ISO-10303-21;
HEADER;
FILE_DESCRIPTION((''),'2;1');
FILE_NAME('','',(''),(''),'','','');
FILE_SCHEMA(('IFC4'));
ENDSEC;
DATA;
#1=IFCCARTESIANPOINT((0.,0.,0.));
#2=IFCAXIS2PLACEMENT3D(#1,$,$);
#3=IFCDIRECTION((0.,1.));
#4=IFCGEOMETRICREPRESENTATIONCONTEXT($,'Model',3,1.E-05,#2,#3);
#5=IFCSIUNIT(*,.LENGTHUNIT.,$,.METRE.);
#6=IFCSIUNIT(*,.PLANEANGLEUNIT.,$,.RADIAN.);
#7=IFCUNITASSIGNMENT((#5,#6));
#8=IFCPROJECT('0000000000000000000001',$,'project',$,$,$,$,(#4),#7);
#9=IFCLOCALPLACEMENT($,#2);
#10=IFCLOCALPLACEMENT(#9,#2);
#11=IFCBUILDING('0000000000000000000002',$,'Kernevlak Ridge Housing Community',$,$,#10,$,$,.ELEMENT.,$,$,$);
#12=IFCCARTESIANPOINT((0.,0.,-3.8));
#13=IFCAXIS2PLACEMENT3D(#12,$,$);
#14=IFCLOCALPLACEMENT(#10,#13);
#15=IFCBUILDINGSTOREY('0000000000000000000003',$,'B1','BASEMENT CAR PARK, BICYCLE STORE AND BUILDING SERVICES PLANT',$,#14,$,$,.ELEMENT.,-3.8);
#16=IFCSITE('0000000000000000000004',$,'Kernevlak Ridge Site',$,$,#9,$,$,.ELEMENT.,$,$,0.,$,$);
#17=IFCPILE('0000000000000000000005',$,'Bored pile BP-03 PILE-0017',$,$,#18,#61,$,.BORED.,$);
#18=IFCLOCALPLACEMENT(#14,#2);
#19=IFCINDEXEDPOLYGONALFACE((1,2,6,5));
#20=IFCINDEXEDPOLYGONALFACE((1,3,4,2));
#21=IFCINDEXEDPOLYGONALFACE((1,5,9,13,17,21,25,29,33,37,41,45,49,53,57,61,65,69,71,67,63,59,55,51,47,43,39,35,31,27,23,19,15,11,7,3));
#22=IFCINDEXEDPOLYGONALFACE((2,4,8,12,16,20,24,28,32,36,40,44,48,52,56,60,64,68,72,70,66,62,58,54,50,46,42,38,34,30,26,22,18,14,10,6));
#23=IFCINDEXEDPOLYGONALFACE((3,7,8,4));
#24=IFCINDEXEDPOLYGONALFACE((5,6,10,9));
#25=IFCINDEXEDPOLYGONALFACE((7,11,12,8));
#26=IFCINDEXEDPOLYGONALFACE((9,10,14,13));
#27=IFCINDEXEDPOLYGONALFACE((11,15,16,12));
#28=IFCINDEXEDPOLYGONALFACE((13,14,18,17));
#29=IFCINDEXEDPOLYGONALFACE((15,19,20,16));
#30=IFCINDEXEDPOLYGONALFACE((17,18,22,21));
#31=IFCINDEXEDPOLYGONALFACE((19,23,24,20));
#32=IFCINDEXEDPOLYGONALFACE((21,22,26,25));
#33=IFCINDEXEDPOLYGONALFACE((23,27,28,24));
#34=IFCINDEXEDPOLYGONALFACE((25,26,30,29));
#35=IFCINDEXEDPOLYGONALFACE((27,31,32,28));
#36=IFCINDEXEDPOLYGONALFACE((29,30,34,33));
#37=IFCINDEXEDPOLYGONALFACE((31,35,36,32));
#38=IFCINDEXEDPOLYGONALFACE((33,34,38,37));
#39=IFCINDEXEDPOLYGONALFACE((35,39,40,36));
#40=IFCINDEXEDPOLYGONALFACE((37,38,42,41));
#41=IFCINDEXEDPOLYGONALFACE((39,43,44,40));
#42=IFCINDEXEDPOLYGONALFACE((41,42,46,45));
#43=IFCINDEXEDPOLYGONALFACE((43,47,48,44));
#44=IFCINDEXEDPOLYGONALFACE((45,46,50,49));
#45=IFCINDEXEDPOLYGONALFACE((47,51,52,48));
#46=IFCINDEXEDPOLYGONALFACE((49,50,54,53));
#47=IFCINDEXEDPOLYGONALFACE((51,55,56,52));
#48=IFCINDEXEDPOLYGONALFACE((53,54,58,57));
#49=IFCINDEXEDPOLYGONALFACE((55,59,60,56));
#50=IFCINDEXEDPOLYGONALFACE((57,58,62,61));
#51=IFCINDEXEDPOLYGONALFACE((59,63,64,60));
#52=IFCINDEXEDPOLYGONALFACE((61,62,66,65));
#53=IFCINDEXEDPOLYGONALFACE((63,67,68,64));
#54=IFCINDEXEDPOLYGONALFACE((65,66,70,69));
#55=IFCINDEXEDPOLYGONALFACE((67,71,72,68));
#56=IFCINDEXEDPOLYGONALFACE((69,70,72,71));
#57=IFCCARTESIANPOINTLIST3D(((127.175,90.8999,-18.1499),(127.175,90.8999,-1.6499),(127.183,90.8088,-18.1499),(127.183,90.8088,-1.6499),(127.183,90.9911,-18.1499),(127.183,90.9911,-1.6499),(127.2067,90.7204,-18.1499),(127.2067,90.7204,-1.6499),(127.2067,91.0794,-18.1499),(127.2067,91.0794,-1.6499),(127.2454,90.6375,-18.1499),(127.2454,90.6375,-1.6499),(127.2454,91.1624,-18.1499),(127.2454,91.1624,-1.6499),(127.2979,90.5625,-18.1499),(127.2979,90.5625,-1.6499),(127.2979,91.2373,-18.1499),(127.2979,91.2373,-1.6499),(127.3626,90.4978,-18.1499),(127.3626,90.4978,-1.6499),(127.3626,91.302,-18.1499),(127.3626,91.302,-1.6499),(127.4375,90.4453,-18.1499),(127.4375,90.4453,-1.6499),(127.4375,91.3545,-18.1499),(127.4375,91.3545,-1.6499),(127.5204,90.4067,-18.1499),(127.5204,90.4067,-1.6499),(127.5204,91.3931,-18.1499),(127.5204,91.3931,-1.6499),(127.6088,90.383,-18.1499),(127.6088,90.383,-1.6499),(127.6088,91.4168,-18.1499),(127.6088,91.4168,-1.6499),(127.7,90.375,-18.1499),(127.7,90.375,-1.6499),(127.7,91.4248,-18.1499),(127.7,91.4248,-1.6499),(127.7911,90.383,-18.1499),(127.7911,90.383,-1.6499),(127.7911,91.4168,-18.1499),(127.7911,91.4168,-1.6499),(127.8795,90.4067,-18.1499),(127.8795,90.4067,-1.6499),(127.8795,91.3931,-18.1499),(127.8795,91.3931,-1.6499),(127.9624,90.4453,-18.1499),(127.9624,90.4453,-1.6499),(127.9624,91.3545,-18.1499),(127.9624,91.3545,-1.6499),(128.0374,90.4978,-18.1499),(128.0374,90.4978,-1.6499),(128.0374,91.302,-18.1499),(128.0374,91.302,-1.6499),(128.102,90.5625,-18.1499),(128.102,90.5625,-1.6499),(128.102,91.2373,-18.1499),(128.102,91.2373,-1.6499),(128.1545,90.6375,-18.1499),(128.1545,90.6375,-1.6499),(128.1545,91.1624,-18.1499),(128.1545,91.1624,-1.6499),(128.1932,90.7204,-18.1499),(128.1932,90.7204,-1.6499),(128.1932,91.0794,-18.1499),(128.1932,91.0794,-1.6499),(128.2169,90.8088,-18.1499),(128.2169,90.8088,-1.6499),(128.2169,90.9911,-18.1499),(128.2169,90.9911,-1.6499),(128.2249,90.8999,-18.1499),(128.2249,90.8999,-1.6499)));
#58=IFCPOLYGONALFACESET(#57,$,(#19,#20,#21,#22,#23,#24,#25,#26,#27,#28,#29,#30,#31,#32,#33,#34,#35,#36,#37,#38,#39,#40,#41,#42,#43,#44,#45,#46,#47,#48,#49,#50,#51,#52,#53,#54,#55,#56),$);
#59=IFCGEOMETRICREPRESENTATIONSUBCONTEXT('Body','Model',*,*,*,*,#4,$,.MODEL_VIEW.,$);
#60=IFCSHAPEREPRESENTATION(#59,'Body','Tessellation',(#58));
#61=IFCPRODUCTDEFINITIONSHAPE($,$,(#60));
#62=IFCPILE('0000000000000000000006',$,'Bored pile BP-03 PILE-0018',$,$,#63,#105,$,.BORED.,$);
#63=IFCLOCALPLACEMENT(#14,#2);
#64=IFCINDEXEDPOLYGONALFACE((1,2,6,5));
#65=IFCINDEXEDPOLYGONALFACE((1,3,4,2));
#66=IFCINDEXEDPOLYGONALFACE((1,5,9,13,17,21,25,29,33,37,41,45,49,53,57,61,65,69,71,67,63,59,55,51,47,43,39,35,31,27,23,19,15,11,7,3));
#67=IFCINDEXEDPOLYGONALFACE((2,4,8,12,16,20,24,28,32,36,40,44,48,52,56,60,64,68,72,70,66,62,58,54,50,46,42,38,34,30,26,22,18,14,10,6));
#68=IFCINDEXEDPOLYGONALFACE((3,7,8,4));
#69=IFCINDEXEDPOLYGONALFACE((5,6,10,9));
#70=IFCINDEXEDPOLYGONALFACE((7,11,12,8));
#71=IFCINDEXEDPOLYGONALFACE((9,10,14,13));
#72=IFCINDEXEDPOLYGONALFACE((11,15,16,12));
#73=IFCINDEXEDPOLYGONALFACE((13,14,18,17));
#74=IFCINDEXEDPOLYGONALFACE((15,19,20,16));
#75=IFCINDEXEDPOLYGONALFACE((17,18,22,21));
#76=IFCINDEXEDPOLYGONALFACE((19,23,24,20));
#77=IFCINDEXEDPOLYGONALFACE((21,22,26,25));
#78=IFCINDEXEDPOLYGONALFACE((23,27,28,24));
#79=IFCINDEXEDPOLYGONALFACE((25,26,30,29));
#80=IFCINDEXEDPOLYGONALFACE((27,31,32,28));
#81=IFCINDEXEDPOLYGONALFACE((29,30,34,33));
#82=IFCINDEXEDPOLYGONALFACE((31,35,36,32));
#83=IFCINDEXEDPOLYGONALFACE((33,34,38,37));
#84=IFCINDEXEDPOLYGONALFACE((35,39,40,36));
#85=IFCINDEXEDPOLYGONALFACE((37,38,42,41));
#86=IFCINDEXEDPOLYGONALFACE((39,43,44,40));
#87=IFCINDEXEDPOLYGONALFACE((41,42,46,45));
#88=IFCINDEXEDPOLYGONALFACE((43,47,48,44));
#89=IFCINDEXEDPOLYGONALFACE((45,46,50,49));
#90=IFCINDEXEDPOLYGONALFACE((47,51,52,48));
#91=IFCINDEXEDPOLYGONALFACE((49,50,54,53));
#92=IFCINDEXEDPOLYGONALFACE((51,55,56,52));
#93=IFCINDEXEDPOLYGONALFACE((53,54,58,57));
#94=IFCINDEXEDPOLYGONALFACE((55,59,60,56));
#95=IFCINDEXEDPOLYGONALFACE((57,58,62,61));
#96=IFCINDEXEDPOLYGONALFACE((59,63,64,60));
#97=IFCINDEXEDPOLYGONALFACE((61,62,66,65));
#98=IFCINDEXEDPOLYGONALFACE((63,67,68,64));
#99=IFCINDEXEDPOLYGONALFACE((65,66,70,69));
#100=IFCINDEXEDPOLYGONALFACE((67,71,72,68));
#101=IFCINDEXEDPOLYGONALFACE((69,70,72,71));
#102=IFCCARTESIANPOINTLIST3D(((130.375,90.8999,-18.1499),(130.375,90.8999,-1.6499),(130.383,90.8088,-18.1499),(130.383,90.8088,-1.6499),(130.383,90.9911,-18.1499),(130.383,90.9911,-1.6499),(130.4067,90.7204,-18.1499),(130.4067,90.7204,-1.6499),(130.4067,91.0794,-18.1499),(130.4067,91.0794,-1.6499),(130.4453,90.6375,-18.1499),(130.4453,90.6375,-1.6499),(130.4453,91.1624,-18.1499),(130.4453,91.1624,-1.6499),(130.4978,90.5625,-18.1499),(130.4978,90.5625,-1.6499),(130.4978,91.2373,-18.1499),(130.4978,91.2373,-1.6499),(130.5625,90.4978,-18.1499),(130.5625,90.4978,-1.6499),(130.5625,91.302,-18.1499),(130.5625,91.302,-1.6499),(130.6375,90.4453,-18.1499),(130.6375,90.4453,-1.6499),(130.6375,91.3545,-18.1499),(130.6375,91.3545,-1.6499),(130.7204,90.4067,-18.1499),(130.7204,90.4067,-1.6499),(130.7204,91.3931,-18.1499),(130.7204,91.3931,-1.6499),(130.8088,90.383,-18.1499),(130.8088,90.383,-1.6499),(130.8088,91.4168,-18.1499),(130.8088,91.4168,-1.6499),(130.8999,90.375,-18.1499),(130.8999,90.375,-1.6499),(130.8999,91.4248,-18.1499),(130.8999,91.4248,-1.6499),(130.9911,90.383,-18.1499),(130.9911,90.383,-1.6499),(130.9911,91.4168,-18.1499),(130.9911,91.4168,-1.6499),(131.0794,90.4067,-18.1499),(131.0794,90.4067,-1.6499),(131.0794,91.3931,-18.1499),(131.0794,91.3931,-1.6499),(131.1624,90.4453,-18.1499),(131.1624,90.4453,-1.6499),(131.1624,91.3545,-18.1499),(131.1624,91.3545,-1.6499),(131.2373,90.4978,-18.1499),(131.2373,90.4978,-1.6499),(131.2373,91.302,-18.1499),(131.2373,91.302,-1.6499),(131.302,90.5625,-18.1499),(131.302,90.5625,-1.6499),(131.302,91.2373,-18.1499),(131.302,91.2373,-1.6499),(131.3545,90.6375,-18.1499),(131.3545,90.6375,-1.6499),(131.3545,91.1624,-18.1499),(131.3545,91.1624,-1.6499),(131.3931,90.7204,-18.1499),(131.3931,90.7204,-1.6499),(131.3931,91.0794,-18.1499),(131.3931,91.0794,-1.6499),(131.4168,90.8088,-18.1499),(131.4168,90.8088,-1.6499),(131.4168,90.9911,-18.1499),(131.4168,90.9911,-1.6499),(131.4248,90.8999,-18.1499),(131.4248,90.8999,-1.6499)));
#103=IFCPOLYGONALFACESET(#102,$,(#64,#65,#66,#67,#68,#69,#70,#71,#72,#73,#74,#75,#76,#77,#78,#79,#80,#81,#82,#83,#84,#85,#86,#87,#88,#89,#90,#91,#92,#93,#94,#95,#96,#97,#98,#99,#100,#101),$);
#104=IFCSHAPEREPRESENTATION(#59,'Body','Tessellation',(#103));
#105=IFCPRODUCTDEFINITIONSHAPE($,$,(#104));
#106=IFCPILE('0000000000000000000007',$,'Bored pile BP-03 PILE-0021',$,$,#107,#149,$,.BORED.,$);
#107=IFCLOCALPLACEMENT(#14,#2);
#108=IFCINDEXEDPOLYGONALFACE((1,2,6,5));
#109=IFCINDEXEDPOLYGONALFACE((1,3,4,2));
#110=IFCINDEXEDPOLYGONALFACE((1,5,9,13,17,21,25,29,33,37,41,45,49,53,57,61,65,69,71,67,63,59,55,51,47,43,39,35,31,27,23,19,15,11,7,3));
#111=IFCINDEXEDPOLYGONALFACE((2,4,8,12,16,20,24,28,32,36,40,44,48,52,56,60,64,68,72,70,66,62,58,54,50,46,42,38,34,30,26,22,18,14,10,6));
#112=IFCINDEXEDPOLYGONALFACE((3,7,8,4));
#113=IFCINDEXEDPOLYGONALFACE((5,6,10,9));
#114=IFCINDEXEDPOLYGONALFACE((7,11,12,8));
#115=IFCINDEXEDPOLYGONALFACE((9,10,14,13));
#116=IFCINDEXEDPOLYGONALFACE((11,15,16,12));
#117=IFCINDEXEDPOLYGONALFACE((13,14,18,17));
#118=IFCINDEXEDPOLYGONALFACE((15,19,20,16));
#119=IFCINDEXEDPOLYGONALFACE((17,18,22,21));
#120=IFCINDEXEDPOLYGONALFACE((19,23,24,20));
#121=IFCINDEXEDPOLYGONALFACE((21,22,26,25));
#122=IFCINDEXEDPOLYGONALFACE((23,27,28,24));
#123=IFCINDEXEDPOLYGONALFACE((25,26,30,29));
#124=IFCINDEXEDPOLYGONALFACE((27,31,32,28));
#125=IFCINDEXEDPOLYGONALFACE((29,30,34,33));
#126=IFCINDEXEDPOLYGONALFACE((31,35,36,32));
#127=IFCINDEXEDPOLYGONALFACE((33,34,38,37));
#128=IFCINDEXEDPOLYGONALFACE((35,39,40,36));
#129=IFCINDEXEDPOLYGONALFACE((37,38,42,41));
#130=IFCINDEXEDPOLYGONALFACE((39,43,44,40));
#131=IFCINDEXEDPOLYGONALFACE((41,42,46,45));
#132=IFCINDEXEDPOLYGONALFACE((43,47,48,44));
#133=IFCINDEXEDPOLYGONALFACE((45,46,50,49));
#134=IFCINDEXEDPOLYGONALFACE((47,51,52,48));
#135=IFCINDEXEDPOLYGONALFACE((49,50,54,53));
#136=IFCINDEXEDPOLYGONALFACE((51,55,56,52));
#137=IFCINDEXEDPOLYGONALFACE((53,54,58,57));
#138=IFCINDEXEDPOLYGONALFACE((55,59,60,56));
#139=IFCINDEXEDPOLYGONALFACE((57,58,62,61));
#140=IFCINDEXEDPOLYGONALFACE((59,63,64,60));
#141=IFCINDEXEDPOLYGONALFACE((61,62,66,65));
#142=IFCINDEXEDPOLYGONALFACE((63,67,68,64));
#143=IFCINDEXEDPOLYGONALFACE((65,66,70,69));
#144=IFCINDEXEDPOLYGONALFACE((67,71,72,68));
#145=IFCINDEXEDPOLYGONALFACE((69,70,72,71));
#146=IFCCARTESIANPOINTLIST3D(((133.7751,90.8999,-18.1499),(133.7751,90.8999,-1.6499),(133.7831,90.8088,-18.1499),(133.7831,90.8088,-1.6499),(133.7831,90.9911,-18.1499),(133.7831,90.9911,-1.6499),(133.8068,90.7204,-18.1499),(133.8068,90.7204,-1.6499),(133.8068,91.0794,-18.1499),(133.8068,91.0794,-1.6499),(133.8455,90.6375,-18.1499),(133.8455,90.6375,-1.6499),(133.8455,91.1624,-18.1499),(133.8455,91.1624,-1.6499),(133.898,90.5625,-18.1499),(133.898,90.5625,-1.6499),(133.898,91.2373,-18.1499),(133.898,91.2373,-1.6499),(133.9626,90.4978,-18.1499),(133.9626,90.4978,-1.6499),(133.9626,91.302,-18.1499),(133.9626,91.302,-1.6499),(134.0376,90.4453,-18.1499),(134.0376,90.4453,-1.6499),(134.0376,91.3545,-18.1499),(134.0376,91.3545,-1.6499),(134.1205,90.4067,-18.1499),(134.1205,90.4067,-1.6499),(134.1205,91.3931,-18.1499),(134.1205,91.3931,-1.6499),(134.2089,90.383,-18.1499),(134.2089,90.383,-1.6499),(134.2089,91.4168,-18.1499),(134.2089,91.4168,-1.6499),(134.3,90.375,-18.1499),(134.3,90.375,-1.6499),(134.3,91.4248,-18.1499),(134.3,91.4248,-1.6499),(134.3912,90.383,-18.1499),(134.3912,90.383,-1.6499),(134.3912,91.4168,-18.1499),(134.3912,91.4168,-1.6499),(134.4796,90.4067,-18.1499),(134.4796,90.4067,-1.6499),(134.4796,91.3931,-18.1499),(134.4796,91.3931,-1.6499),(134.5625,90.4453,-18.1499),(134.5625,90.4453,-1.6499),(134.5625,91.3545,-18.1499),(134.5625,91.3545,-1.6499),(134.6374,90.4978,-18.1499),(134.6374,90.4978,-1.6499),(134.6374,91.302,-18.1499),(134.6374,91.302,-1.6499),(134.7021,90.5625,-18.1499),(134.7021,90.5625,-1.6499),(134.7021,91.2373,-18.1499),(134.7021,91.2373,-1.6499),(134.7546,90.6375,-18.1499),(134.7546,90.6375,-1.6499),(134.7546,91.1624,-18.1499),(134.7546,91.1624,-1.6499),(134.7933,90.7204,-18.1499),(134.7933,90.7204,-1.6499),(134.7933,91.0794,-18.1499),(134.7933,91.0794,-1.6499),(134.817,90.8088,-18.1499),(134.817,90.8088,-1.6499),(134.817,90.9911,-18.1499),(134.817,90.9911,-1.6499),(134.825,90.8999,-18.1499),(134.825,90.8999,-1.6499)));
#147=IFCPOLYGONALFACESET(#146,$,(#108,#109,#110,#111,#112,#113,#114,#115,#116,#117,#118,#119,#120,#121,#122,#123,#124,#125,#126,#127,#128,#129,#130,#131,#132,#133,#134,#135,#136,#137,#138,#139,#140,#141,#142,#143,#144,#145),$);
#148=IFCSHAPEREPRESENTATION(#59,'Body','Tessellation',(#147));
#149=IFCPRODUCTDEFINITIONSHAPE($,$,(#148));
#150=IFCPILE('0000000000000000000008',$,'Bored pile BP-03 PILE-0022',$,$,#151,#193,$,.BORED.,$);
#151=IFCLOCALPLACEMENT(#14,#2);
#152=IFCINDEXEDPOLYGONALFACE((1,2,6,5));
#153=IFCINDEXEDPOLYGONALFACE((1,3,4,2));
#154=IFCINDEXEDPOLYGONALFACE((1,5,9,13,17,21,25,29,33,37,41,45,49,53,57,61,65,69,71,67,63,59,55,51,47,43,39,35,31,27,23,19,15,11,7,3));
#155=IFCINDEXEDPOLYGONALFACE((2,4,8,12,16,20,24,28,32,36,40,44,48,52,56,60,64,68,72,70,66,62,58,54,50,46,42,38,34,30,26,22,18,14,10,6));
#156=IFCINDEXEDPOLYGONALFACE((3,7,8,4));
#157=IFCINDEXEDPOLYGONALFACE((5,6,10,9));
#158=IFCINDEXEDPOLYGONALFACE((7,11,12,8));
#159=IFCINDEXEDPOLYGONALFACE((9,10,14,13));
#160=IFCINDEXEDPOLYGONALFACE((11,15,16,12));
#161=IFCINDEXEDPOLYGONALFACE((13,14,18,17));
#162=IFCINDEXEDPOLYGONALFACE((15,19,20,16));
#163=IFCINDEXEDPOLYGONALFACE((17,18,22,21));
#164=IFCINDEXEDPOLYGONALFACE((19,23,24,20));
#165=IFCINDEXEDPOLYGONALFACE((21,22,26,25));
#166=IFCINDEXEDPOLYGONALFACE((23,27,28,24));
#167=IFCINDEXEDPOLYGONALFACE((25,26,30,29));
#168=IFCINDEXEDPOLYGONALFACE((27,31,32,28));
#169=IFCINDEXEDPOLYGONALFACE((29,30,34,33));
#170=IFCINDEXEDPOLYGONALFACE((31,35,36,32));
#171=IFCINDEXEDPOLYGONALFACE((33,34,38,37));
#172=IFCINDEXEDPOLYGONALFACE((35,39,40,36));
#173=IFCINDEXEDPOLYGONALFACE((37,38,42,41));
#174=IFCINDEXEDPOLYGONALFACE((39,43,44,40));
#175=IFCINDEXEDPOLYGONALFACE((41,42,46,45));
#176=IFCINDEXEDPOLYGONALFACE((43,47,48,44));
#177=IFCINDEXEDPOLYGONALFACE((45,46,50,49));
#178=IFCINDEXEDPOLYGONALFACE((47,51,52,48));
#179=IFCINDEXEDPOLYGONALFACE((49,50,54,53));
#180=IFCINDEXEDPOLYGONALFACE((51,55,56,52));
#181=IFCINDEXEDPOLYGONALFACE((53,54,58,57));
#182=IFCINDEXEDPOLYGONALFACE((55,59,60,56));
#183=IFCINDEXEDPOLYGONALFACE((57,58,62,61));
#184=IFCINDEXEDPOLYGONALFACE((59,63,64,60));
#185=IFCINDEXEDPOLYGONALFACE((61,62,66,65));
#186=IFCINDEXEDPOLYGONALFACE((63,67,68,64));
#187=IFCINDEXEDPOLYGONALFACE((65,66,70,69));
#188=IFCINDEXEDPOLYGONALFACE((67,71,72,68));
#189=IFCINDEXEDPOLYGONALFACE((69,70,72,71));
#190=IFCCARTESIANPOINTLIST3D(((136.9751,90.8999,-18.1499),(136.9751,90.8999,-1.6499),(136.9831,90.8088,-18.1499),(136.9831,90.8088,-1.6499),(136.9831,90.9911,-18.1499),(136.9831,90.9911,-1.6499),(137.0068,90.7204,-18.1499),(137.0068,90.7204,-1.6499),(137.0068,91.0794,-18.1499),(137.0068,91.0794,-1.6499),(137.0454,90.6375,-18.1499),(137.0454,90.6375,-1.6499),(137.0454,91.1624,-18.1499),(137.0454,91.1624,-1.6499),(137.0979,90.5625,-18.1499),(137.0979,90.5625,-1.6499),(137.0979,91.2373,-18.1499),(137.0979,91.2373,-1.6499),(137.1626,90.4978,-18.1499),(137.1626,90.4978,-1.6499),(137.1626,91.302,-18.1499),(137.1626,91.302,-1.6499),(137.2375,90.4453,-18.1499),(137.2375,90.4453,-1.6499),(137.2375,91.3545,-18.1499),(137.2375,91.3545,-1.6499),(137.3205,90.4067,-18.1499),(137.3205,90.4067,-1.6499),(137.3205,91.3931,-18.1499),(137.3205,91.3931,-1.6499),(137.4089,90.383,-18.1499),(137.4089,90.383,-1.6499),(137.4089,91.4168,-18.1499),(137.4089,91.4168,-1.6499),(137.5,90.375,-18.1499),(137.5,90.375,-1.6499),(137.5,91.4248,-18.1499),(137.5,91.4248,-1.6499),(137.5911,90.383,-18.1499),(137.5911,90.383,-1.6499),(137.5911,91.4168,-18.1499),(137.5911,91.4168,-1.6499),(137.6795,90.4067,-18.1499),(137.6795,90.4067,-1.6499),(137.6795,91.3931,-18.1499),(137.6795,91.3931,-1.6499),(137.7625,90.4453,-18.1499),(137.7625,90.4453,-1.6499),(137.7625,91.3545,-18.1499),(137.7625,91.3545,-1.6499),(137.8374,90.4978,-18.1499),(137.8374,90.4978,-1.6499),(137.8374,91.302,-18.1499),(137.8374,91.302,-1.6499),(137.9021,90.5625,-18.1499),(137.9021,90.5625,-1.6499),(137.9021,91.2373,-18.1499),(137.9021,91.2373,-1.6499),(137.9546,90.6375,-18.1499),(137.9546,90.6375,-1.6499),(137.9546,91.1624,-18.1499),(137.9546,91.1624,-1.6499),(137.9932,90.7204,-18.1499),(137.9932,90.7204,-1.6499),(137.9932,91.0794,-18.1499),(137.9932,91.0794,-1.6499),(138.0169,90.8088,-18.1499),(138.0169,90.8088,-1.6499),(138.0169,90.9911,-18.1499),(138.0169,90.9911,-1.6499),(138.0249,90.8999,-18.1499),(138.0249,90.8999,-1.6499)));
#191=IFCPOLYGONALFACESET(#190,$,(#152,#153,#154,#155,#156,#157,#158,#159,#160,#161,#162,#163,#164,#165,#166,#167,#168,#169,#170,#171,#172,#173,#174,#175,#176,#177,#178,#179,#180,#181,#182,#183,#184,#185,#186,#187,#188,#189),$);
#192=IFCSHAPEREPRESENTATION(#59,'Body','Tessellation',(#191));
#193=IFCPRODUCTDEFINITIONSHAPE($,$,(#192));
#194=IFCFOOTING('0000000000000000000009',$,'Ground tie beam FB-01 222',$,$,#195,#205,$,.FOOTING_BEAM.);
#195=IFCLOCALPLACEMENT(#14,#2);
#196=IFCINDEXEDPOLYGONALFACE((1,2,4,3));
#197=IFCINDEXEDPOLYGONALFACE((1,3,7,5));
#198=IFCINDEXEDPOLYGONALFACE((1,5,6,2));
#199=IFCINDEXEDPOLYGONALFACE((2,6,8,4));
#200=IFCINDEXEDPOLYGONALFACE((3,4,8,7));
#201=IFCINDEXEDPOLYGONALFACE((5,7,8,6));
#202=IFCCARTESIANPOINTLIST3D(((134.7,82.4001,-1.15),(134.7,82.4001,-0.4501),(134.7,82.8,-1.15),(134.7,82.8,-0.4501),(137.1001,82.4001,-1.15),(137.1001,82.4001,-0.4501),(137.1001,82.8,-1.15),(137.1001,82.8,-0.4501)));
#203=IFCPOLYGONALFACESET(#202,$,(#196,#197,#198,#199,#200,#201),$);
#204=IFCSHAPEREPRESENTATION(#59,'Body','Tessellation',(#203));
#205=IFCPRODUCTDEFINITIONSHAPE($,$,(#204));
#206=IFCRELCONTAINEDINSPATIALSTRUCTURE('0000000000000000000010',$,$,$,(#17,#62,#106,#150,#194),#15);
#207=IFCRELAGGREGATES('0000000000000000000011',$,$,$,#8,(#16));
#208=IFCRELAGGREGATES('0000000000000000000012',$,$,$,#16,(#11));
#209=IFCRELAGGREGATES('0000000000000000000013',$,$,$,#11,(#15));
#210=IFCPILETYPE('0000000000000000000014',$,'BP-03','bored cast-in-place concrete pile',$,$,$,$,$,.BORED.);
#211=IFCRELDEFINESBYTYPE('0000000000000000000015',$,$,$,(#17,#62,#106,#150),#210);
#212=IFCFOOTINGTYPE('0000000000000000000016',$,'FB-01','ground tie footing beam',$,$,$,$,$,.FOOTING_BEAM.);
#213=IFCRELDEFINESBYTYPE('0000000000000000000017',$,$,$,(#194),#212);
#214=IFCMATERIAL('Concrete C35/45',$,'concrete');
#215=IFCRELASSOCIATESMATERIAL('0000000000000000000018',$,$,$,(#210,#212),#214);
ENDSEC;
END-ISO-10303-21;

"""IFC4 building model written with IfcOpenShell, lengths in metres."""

from ifc_helpers import new_model, si_unit, direction, frame, origin, origin_2d, place, context, subcontext, project, spatial, rectangle, circle, extrude, material, material_profile, profile_set, type_object, element, save


model = new_model("IFC4")

# Units and contexts
model_context = context("Model", 3, precision=1e-05, world=origin(), true_north=direction((0.0, 1.0)))
body_context = subcontext(model_context, "Body", "Model", "MODEL_VIEW")
ifc_project = project(units=[si_unit("LENGTHUNIT", "METRE"), si_unit("PLANEANGLEUNIT", "RADIAN")], contexts=[model_context])

# Site, building, storey
site_placement = place(None, origin())
site = spatial("IfcSite", under=ifc_project, at=site_placement, Name="Kernevlak Ridge Site", CompositionType="ELEMENT", RefElevation=0.0)
building_placement = place(site_placement, origin())
building = spatial("IfcBuilding", under=site, at=building_placement, Name="Kernevlak Ridge Housing Community", CompositionType="ELEMENT")
storey_placement = place(building_placement, frame((0.0, 0.0, -3.8)))
storey = spatial("IfcBuildingStorey", under=building, at=storey_placement, Name="B1", Description="BASEMENT CAR PARK, BICYCLE STORE AND BUILDING SERVICES PLANT", CompositionType="ELEMENT", Elevation=-3.8)

# Piles
ifc_material_1 = material(Name="Concrete C35/45", Category="concrete")
ifc_material_profile_1 = material_profile(ifc_material_1, circle(Radius=0.5249, at=origin_2d()), Name="BORED PILE 1050")
ifc_profile_set_1 = profile_set([ifc_material_profile_1], Name="Concrete C35/45")
pile_type_1 = type_object("IfcPileType", Name="BP-03", Description="bored cast-in-place concrete pile", PredefinedType="BORED", material=ifc_profile_set_1)
for number, where, z_axis, x_axis, name in (
    (1, (127.7, 90.8999, -1.6499), (0.0, 0.0, -1.0), (1.0, 0.0, 0.0), "Bored pile BP-03 PILE-0017"),
    (2, (130.8999, 90.8999, -1.6499), (0.0, 0.0, -1.0), (1.0, 0.0, 0.0), "Bored pile BP-03 PILE-0018"),
    (3, (134.3, 90.8999, -1.6499), (0.0, 0.0, -1.0), (1.0, 0.0, 0.0), "Bored pile BP-03 PILE-0021"),
    (4, (137.5, 90.8999, -1.6499), (0.0, 0.0, -1.0), (1.0, 0.0, 0.0), "Bored pile BP-03 PILE-0022"),
):
    element("IfcPile", number, at=place(storey_placement, frame(where, z_axis=z_axis, x_axis=x_axis)), inside=storey, type_object=pile_type_1, Name=name, PredefinedType="BORED", context=body_context, shape_type="SweptSolid", body=[
        extrude(circle(Radius=0.5249, at=origin_2d()), origin(), (0.0, 0.0, 1.0), 16.5),
    ])

# Footing
ifc_material_profile_2 = material_profile(ifc_material_1, rectangle(XDim=0.3999, YDim=0.7, at=origin_2d()), Name="RC 400x700")
ifc_profile_set_2 = profile_set([ifc_material_profile_2], Name="Concrete C35/45")
footing_type_1 = type_object("IfcFootingType", Name="FB-01", Description="ground tie footing beam", PredefinedType="FOOTING_BEAM", material=ifc_profile_set_2)
footing_1_placement = place(storey_placement, frame((134.7, 82.6001, -0.8), z_axis=(1.0, 0.0, 0.0), x_axis=(0.0, 1.0, 0.0)))
element("IfcFooting", 5, at=footing_1_placement, inside=storey, type_object=footing_type_1, Name="Ground tie beam FB-01 222", PredefinedType="FOOTING_BEAM", context=body_context, shape_type="SweptSolid", body=[
    extrude(rectangle(XDim=0.3999, YDim=0.7, at=origin_2d()), origin(), (0.0, 0.0, 1.0), 2.4001),
])

save(model, "model.ifc")
